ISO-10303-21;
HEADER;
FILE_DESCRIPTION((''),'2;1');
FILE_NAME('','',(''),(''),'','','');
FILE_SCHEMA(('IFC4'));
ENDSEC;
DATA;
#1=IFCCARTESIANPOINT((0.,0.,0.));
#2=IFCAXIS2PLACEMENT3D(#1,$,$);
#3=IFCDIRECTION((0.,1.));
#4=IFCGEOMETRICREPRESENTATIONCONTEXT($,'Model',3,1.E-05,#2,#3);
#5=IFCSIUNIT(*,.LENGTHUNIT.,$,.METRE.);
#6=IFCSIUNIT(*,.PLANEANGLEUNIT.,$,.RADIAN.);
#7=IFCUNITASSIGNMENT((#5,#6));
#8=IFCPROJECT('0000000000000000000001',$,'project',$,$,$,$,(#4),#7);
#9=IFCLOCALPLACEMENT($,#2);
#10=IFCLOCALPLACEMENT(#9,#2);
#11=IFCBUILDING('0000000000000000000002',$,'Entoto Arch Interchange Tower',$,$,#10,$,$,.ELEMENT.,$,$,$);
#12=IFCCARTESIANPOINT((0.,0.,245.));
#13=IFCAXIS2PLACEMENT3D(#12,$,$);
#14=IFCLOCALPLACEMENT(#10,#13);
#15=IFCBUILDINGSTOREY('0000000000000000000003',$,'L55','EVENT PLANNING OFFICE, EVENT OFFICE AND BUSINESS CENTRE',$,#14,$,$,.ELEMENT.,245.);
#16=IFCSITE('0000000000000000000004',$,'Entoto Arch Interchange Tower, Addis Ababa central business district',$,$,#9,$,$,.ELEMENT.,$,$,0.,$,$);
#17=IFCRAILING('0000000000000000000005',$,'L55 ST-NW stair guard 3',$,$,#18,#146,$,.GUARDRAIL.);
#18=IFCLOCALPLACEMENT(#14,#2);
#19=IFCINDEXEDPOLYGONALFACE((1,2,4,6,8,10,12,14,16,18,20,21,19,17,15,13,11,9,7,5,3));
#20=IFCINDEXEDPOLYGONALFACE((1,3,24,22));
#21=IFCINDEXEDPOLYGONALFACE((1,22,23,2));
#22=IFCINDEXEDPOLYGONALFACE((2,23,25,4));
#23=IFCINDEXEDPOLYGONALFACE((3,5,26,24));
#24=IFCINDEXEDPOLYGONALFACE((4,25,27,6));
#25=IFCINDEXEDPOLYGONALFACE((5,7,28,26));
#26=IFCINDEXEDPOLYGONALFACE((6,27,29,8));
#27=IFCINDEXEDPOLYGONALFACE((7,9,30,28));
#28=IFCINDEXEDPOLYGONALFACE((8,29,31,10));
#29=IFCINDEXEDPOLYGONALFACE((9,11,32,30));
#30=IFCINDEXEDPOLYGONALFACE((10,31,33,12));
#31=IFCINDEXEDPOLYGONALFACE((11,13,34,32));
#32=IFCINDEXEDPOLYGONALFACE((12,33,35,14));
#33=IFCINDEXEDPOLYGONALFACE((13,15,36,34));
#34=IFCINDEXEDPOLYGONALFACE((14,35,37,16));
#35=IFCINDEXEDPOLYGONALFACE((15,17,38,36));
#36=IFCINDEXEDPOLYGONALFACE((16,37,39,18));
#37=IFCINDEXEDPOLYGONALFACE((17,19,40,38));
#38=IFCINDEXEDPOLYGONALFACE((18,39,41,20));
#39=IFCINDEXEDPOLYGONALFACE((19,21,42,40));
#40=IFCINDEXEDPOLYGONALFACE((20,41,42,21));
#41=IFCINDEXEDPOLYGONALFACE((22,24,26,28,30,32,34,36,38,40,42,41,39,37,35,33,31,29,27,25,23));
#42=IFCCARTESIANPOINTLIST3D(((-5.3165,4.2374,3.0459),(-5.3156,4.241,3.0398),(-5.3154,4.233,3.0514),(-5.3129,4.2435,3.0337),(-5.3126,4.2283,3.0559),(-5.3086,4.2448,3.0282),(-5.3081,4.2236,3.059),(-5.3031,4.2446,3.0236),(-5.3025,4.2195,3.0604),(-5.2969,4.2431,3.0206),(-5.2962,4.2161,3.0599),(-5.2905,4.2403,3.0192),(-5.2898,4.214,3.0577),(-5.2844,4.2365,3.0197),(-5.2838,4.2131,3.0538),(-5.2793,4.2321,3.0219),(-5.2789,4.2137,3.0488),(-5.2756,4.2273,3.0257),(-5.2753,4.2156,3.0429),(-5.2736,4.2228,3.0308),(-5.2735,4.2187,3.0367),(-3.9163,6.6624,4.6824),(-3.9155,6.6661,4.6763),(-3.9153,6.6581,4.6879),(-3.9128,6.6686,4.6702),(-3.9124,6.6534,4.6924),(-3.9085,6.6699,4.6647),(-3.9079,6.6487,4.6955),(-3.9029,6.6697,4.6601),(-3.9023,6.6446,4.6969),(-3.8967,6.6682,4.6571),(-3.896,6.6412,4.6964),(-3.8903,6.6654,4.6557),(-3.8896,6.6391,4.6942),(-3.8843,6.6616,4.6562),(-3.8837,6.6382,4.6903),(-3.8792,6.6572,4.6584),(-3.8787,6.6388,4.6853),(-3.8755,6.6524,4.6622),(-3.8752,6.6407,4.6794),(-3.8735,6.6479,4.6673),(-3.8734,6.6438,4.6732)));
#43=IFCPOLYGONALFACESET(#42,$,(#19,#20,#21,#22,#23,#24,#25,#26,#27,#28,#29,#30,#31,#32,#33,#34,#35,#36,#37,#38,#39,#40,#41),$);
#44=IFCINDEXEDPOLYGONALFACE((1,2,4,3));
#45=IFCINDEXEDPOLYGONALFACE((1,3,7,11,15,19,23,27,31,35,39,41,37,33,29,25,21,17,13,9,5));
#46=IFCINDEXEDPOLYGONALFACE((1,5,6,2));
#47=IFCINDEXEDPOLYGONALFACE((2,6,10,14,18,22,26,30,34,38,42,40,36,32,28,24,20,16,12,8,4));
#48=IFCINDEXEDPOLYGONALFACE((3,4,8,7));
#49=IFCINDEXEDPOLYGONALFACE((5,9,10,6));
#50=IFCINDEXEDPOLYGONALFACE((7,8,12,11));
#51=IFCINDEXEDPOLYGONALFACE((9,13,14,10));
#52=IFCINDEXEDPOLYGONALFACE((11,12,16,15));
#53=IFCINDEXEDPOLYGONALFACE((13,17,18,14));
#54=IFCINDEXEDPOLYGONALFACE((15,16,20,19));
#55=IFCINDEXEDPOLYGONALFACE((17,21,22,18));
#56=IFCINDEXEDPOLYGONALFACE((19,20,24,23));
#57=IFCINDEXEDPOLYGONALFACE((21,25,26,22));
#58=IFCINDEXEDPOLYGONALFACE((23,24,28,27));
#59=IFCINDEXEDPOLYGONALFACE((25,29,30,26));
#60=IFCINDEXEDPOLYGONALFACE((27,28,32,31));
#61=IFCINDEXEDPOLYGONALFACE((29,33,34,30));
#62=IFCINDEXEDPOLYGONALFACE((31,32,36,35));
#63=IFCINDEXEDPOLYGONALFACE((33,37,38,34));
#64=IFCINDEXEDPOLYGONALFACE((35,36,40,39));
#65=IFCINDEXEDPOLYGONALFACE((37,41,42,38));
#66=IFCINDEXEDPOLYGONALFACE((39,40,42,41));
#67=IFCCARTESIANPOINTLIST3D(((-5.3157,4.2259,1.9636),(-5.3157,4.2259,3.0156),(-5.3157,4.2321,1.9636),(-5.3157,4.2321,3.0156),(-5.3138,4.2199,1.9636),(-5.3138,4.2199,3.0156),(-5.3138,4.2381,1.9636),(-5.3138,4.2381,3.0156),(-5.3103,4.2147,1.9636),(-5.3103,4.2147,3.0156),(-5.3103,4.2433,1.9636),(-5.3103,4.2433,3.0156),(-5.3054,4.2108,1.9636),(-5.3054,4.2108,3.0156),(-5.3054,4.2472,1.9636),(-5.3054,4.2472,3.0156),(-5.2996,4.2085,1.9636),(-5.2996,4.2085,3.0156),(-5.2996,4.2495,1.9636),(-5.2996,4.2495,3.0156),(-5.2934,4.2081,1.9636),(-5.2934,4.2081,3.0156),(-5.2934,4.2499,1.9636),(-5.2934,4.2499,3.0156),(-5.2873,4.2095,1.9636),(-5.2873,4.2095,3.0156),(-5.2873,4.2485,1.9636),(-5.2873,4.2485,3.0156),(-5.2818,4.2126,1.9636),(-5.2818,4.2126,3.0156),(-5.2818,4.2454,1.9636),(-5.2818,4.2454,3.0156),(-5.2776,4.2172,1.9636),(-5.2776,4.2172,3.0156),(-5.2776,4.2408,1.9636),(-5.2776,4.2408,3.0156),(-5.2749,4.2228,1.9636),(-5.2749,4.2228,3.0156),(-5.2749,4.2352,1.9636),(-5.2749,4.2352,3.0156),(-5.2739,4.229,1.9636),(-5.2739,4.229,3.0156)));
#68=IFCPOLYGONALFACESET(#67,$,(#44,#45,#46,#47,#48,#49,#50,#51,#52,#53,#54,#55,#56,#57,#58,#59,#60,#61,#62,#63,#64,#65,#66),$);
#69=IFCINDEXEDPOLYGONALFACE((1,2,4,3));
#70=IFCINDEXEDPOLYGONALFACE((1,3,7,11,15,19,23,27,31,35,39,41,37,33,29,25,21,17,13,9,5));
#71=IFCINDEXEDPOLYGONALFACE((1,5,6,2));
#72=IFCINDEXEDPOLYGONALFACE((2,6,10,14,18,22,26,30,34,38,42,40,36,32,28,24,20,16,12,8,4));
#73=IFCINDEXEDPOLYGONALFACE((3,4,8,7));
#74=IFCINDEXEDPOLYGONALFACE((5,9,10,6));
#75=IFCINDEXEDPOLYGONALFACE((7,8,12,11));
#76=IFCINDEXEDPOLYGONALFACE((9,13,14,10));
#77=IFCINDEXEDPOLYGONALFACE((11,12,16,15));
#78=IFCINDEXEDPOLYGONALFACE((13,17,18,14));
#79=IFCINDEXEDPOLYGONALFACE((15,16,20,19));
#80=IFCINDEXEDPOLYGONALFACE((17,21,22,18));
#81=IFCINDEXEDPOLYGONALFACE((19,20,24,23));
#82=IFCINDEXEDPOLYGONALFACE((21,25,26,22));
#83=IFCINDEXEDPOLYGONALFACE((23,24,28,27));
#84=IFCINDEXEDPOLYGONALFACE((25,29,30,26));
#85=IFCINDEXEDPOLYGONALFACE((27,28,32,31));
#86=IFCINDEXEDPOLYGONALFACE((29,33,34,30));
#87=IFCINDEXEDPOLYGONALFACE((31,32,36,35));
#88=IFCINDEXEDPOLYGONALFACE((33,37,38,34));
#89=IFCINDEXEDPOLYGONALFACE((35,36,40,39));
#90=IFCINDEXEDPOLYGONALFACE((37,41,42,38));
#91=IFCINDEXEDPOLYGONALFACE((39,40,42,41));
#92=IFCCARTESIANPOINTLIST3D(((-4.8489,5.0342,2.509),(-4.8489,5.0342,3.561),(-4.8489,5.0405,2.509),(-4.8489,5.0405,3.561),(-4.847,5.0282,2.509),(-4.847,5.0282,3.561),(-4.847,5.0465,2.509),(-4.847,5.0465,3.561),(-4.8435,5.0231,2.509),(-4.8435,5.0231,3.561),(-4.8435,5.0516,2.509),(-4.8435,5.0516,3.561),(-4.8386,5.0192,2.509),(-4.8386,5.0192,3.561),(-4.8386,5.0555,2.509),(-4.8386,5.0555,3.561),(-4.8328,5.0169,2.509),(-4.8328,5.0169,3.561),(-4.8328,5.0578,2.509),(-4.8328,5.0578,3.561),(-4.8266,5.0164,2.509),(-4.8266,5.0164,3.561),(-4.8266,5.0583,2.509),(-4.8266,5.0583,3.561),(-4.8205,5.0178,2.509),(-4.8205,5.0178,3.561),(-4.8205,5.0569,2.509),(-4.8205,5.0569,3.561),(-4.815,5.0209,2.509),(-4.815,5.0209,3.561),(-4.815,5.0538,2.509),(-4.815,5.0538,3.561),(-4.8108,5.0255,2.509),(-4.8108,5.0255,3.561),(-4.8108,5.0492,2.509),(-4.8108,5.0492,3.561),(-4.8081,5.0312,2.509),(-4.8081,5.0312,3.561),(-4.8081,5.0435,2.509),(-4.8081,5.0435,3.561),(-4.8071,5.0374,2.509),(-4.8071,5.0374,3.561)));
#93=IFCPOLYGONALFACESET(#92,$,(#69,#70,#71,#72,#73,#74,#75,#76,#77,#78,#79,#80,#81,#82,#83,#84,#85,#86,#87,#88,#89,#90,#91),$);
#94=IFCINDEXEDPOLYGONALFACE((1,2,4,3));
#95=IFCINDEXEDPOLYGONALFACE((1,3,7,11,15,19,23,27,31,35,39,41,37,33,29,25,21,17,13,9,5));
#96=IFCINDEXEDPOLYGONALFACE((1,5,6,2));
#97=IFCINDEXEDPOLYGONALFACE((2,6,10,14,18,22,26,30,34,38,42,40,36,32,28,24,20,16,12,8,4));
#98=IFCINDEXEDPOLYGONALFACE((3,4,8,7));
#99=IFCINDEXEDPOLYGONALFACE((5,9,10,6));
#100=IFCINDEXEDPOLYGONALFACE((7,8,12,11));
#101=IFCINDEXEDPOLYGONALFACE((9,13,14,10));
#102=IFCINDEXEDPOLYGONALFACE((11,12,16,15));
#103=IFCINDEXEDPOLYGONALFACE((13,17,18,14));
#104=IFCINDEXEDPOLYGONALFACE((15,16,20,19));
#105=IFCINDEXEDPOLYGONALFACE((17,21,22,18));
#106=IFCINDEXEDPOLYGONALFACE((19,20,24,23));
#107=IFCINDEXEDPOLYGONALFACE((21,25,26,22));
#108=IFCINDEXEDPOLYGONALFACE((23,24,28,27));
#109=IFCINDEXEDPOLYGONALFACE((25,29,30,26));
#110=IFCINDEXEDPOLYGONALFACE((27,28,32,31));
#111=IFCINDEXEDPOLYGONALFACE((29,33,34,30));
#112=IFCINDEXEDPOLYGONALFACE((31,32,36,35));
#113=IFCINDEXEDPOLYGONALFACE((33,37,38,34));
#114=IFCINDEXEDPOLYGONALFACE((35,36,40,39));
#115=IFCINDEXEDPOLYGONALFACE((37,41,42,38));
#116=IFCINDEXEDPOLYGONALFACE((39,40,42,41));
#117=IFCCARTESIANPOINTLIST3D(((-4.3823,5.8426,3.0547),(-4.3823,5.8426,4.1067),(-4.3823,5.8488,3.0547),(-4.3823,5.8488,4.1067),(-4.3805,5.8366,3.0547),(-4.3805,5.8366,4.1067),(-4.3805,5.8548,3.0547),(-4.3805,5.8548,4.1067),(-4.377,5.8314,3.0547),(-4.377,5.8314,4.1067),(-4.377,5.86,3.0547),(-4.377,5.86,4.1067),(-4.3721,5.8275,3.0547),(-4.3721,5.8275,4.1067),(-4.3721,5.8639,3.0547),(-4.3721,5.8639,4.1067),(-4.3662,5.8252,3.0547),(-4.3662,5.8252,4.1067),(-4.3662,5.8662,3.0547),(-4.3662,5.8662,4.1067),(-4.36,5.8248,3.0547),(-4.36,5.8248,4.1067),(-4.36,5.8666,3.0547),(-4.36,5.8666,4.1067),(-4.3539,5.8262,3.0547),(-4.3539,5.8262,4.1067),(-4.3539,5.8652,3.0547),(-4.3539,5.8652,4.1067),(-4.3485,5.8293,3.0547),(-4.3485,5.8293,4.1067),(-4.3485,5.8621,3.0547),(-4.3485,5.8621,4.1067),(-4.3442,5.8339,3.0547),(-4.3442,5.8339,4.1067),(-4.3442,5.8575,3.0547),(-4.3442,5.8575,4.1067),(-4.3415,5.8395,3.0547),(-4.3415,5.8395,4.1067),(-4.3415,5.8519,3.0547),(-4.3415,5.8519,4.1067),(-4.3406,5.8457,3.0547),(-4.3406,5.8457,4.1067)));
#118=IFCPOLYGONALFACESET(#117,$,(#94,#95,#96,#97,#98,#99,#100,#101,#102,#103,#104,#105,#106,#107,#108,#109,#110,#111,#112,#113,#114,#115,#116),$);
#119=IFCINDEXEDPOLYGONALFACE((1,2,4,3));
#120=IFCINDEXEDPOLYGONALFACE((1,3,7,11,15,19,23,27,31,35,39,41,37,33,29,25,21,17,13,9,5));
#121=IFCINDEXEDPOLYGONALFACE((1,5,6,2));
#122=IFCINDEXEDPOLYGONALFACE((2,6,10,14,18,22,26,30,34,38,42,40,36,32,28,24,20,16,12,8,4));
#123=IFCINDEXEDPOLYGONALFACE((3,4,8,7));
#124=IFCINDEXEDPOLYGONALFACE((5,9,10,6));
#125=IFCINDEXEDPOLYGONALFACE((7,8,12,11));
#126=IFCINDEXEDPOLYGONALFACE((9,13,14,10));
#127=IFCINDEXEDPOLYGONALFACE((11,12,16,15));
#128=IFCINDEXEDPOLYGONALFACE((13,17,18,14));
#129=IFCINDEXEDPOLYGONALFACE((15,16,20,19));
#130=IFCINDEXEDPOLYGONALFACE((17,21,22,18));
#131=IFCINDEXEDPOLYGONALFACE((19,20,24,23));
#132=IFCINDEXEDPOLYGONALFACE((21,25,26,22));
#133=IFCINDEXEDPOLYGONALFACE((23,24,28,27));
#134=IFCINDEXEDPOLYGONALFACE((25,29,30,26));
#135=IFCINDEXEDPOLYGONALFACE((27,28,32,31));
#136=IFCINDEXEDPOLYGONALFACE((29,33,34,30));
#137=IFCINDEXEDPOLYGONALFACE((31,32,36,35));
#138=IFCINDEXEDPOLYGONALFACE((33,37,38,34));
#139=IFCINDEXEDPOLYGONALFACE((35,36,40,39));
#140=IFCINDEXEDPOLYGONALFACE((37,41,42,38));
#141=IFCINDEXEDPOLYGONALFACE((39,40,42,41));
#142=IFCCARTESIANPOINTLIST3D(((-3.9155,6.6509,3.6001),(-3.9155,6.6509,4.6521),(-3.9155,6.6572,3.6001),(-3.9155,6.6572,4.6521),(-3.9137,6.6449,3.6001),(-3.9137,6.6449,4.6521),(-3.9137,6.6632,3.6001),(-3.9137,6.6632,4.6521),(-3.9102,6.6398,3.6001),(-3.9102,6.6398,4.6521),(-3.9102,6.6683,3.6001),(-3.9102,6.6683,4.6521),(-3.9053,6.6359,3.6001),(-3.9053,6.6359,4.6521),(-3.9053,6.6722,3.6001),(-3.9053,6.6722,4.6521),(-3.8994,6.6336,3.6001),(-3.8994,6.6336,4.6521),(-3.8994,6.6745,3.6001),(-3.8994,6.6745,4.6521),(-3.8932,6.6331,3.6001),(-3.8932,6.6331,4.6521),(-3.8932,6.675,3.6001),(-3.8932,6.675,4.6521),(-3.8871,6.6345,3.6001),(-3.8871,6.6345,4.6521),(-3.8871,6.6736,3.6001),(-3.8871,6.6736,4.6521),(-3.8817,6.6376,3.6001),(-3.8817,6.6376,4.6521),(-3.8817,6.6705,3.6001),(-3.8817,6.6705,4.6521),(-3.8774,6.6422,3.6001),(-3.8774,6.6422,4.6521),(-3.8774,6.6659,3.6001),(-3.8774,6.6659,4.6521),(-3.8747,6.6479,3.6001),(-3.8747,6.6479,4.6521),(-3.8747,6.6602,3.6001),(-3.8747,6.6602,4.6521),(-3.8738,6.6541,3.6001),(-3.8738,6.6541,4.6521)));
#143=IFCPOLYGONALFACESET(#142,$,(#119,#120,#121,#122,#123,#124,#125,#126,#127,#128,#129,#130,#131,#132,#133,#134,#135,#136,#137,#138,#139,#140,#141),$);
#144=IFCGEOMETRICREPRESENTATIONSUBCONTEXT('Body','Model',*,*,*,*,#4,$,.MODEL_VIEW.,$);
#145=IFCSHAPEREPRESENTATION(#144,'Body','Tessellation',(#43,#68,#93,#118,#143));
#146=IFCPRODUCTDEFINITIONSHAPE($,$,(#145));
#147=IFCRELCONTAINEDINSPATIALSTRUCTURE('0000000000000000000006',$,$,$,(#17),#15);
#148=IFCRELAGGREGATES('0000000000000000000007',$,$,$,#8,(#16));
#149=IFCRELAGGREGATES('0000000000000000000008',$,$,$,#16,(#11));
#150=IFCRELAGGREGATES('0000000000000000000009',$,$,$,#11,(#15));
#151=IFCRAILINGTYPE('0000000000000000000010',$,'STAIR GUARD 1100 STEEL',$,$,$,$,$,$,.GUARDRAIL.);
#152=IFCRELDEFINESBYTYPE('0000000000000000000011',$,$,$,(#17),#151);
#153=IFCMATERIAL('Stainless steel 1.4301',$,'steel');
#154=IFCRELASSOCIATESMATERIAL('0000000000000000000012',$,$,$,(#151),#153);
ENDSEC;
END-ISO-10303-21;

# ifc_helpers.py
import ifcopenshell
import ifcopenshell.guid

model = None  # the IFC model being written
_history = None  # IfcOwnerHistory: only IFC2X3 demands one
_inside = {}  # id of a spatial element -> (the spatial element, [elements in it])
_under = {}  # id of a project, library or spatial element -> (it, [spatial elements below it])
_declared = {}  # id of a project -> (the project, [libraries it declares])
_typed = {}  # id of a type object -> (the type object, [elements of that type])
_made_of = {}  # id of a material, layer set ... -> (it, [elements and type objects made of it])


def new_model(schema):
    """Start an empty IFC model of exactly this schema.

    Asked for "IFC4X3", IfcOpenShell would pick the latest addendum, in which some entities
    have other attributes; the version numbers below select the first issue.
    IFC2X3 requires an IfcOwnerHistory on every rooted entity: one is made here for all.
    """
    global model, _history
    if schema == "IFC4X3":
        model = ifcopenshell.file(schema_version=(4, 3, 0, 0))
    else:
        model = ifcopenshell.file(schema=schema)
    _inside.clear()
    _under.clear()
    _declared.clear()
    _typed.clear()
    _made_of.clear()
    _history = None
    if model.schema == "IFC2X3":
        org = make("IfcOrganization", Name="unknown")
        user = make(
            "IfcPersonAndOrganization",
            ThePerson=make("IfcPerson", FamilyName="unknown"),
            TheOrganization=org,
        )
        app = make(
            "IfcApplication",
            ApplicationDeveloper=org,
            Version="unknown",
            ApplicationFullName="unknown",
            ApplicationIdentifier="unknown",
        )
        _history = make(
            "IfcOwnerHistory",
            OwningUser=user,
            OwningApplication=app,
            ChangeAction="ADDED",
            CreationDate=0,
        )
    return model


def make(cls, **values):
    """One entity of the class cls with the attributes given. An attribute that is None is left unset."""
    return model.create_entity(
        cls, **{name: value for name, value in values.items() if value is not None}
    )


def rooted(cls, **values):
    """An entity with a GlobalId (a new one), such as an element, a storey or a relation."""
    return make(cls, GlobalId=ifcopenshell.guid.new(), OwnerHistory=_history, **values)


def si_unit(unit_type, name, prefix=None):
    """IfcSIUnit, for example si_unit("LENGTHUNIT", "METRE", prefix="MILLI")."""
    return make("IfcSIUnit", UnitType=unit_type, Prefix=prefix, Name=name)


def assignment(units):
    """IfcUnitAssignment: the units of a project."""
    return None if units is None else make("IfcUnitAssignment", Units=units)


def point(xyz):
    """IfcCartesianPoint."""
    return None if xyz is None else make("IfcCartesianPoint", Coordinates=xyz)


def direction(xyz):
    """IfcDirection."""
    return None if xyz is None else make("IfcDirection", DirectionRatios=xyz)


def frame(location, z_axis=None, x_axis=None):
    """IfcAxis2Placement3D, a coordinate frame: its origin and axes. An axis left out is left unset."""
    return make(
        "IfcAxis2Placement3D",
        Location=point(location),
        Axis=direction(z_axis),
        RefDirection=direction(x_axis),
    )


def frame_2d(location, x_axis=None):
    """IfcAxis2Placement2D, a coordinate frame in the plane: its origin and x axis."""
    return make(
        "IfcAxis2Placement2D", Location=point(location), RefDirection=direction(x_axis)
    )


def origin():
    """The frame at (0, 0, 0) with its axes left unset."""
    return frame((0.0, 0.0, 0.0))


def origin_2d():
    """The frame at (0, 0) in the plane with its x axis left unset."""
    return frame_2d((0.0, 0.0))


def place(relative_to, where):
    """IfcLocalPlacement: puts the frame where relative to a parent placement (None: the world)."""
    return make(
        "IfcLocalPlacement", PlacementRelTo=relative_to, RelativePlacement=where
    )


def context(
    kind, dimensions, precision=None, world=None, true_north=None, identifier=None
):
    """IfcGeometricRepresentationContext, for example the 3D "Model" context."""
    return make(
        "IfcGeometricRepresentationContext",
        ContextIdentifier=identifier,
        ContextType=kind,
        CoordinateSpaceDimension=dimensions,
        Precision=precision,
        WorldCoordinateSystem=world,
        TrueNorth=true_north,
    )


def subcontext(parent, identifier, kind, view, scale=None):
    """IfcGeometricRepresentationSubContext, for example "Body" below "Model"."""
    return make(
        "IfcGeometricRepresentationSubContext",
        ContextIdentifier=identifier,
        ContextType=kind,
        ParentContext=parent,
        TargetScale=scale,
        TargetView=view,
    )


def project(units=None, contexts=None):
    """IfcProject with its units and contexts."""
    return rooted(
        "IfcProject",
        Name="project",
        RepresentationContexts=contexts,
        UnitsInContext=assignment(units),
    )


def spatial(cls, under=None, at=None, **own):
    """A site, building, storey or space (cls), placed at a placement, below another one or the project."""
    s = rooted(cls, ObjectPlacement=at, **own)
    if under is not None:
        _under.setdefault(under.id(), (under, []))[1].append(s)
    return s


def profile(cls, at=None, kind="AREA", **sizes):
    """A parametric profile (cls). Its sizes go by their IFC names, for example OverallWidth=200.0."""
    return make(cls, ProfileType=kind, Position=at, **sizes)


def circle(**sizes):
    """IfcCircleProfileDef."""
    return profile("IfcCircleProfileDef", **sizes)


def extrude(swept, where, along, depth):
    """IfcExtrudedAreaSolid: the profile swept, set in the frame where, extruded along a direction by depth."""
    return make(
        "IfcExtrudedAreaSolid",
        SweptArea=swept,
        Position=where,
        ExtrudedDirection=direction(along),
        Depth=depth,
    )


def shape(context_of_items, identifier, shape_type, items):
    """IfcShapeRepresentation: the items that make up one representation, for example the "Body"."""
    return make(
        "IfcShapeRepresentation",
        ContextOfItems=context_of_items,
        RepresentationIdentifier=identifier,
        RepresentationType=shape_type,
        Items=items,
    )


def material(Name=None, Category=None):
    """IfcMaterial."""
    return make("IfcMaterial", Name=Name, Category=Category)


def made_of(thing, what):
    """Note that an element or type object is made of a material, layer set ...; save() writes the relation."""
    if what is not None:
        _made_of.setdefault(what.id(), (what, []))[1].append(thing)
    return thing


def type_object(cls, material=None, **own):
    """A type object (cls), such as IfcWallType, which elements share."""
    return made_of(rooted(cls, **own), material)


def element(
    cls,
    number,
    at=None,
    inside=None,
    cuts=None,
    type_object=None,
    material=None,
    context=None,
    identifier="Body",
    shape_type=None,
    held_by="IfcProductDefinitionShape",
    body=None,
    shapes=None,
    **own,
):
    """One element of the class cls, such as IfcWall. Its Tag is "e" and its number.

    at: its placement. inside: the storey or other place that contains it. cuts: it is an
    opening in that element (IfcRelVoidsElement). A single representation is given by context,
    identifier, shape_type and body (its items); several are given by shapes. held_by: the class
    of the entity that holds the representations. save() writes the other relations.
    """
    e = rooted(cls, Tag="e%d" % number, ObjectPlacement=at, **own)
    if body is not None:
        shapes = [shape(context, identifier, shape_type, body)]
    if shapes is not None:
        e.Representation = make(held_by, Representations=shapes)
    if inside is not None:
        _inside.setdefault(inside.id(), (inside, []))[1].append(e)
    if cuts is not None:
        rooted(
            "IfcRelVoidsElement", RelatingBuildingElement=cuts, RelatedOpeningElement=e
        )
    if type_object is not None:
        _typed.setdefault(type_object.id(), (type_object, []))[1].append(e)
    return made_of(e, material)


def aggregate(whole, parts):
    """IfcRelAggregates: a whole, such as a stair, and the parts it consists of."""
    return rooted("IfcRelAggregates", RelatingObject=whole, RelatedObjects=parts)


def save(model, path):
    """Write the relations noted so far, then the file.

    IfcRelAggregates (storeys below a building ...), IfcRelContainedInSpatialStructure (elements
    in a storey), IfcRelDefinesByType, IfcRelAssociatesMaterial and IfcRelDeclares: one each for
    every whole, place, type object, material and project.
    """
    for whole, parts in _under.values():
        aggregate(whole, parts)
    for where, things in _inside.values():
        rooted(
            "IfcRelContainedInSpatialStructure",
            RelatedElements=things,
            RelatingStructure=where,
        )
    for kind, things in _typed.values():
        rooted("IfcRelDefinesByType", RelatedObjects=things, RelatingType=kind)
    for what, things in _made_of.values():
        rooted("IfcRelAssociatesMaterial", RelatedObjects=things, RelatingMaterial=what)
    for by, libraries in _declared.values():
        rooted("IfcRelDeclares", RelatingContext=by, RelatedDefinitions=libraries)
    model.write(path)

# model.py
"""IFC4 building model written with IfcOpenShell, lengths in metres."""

from ifc_helpers import new_model, si_unit, direction, frame, origin, origin_2d, place, context, subcontext, project, spatial, circle, extrude, material, type_object, element, save


model = new_model("IFC4")

# Units and contexts
model_context = context("Model", 3, precision=1e-05, world=origin(), true_north=direction((0.0, 1.0)))
body_context = subcontext(model_context, "Body", "Model", "MODEL_VIEW")
ifc_project = project(units=[si_unit("LENGTHUNIT", "METRE"), si_unit("PLANEANGLEUNIT", "RADIAN")], contexts=[model_context])

# Site, building, storey
site_placement = place(None, origin())
site = spatial("IfcSite", under=ifc_project, at=site_placement, Name="Entoto Arch Interchange Tower, Addis Ababa central business district", CompositionType="ELEMENT", RefElevation=0.0)
building_placement = place(site_placement, origin())
building = spatial("IfcBuilding", under=site, at=building_placement, Name="Entoto Arch Interchange Tower", CompositionType="ELEMENT")
storey_placement = place(building_placement, frame((0.0, 0.0, 245.0)))
storey = spatial("IfcBuildingStorey", under=building, at=storey_placement, Name="L55", Description="EVENT PLANNING OFFICE, EVENT OFFICE AND BUSINESS CENTRE", CompositionType="ELEMENT", Elevation=245.0)

# Railing
ifc_material_1 = material(Name="Stainless steel 1.4301", Category="steel")
railing_type_1 = type_object("IfcRailingType", Name="STAIR GUARD 1100 STEEL", PredefinedType="GUARDRAIL", material=ifc_material_1)
railing_1_placement = place(storey_placement, frame((-5.2949, 4.229, 1.9636)))
element("IfcRailing", 1, at=railing_1_placement, inside=storey, type_object=railing_type_1, Name="L55 ST-NW stair guard 3", PredefinedType="GUARDRAIL", context=body_context, shape_type="SweptSolid", body=[
    extrude(circle(Radius=0.0239, at=origin_2d()), frame((0.0, 0.0, 1.0762), z_axis=(0.431698, 0.747699, 0.504563), x_axis=(-0.866019, 0.500012, 0.0)), (0.0, 0.0, 1.0), 3.2434),
    extrude(circle(Radius=0.021, at=origin_2d()), origin(), (0.0, 0.0, 1.0), 1.052),
    extrude(circle(Radius=0.021, at=origin_2d()), frame((0.4668, 0.8083, 0.5454)), (0.0, 0.0, 1.0), 1.052),
    extrude(circle(Radius=0.021, at=origin_2d()), frame((0.9333, 1.6167, 1.0911)), (0.0, 0.0, 1.0), 1.052),
    extrude(circle(Radius=0.021, at=origin_2d()), frame((1.4001, 2.425, 1.6365)), (0.0, 0.0, 1.0), 1.052),
])

save(model, "model.ifc")
